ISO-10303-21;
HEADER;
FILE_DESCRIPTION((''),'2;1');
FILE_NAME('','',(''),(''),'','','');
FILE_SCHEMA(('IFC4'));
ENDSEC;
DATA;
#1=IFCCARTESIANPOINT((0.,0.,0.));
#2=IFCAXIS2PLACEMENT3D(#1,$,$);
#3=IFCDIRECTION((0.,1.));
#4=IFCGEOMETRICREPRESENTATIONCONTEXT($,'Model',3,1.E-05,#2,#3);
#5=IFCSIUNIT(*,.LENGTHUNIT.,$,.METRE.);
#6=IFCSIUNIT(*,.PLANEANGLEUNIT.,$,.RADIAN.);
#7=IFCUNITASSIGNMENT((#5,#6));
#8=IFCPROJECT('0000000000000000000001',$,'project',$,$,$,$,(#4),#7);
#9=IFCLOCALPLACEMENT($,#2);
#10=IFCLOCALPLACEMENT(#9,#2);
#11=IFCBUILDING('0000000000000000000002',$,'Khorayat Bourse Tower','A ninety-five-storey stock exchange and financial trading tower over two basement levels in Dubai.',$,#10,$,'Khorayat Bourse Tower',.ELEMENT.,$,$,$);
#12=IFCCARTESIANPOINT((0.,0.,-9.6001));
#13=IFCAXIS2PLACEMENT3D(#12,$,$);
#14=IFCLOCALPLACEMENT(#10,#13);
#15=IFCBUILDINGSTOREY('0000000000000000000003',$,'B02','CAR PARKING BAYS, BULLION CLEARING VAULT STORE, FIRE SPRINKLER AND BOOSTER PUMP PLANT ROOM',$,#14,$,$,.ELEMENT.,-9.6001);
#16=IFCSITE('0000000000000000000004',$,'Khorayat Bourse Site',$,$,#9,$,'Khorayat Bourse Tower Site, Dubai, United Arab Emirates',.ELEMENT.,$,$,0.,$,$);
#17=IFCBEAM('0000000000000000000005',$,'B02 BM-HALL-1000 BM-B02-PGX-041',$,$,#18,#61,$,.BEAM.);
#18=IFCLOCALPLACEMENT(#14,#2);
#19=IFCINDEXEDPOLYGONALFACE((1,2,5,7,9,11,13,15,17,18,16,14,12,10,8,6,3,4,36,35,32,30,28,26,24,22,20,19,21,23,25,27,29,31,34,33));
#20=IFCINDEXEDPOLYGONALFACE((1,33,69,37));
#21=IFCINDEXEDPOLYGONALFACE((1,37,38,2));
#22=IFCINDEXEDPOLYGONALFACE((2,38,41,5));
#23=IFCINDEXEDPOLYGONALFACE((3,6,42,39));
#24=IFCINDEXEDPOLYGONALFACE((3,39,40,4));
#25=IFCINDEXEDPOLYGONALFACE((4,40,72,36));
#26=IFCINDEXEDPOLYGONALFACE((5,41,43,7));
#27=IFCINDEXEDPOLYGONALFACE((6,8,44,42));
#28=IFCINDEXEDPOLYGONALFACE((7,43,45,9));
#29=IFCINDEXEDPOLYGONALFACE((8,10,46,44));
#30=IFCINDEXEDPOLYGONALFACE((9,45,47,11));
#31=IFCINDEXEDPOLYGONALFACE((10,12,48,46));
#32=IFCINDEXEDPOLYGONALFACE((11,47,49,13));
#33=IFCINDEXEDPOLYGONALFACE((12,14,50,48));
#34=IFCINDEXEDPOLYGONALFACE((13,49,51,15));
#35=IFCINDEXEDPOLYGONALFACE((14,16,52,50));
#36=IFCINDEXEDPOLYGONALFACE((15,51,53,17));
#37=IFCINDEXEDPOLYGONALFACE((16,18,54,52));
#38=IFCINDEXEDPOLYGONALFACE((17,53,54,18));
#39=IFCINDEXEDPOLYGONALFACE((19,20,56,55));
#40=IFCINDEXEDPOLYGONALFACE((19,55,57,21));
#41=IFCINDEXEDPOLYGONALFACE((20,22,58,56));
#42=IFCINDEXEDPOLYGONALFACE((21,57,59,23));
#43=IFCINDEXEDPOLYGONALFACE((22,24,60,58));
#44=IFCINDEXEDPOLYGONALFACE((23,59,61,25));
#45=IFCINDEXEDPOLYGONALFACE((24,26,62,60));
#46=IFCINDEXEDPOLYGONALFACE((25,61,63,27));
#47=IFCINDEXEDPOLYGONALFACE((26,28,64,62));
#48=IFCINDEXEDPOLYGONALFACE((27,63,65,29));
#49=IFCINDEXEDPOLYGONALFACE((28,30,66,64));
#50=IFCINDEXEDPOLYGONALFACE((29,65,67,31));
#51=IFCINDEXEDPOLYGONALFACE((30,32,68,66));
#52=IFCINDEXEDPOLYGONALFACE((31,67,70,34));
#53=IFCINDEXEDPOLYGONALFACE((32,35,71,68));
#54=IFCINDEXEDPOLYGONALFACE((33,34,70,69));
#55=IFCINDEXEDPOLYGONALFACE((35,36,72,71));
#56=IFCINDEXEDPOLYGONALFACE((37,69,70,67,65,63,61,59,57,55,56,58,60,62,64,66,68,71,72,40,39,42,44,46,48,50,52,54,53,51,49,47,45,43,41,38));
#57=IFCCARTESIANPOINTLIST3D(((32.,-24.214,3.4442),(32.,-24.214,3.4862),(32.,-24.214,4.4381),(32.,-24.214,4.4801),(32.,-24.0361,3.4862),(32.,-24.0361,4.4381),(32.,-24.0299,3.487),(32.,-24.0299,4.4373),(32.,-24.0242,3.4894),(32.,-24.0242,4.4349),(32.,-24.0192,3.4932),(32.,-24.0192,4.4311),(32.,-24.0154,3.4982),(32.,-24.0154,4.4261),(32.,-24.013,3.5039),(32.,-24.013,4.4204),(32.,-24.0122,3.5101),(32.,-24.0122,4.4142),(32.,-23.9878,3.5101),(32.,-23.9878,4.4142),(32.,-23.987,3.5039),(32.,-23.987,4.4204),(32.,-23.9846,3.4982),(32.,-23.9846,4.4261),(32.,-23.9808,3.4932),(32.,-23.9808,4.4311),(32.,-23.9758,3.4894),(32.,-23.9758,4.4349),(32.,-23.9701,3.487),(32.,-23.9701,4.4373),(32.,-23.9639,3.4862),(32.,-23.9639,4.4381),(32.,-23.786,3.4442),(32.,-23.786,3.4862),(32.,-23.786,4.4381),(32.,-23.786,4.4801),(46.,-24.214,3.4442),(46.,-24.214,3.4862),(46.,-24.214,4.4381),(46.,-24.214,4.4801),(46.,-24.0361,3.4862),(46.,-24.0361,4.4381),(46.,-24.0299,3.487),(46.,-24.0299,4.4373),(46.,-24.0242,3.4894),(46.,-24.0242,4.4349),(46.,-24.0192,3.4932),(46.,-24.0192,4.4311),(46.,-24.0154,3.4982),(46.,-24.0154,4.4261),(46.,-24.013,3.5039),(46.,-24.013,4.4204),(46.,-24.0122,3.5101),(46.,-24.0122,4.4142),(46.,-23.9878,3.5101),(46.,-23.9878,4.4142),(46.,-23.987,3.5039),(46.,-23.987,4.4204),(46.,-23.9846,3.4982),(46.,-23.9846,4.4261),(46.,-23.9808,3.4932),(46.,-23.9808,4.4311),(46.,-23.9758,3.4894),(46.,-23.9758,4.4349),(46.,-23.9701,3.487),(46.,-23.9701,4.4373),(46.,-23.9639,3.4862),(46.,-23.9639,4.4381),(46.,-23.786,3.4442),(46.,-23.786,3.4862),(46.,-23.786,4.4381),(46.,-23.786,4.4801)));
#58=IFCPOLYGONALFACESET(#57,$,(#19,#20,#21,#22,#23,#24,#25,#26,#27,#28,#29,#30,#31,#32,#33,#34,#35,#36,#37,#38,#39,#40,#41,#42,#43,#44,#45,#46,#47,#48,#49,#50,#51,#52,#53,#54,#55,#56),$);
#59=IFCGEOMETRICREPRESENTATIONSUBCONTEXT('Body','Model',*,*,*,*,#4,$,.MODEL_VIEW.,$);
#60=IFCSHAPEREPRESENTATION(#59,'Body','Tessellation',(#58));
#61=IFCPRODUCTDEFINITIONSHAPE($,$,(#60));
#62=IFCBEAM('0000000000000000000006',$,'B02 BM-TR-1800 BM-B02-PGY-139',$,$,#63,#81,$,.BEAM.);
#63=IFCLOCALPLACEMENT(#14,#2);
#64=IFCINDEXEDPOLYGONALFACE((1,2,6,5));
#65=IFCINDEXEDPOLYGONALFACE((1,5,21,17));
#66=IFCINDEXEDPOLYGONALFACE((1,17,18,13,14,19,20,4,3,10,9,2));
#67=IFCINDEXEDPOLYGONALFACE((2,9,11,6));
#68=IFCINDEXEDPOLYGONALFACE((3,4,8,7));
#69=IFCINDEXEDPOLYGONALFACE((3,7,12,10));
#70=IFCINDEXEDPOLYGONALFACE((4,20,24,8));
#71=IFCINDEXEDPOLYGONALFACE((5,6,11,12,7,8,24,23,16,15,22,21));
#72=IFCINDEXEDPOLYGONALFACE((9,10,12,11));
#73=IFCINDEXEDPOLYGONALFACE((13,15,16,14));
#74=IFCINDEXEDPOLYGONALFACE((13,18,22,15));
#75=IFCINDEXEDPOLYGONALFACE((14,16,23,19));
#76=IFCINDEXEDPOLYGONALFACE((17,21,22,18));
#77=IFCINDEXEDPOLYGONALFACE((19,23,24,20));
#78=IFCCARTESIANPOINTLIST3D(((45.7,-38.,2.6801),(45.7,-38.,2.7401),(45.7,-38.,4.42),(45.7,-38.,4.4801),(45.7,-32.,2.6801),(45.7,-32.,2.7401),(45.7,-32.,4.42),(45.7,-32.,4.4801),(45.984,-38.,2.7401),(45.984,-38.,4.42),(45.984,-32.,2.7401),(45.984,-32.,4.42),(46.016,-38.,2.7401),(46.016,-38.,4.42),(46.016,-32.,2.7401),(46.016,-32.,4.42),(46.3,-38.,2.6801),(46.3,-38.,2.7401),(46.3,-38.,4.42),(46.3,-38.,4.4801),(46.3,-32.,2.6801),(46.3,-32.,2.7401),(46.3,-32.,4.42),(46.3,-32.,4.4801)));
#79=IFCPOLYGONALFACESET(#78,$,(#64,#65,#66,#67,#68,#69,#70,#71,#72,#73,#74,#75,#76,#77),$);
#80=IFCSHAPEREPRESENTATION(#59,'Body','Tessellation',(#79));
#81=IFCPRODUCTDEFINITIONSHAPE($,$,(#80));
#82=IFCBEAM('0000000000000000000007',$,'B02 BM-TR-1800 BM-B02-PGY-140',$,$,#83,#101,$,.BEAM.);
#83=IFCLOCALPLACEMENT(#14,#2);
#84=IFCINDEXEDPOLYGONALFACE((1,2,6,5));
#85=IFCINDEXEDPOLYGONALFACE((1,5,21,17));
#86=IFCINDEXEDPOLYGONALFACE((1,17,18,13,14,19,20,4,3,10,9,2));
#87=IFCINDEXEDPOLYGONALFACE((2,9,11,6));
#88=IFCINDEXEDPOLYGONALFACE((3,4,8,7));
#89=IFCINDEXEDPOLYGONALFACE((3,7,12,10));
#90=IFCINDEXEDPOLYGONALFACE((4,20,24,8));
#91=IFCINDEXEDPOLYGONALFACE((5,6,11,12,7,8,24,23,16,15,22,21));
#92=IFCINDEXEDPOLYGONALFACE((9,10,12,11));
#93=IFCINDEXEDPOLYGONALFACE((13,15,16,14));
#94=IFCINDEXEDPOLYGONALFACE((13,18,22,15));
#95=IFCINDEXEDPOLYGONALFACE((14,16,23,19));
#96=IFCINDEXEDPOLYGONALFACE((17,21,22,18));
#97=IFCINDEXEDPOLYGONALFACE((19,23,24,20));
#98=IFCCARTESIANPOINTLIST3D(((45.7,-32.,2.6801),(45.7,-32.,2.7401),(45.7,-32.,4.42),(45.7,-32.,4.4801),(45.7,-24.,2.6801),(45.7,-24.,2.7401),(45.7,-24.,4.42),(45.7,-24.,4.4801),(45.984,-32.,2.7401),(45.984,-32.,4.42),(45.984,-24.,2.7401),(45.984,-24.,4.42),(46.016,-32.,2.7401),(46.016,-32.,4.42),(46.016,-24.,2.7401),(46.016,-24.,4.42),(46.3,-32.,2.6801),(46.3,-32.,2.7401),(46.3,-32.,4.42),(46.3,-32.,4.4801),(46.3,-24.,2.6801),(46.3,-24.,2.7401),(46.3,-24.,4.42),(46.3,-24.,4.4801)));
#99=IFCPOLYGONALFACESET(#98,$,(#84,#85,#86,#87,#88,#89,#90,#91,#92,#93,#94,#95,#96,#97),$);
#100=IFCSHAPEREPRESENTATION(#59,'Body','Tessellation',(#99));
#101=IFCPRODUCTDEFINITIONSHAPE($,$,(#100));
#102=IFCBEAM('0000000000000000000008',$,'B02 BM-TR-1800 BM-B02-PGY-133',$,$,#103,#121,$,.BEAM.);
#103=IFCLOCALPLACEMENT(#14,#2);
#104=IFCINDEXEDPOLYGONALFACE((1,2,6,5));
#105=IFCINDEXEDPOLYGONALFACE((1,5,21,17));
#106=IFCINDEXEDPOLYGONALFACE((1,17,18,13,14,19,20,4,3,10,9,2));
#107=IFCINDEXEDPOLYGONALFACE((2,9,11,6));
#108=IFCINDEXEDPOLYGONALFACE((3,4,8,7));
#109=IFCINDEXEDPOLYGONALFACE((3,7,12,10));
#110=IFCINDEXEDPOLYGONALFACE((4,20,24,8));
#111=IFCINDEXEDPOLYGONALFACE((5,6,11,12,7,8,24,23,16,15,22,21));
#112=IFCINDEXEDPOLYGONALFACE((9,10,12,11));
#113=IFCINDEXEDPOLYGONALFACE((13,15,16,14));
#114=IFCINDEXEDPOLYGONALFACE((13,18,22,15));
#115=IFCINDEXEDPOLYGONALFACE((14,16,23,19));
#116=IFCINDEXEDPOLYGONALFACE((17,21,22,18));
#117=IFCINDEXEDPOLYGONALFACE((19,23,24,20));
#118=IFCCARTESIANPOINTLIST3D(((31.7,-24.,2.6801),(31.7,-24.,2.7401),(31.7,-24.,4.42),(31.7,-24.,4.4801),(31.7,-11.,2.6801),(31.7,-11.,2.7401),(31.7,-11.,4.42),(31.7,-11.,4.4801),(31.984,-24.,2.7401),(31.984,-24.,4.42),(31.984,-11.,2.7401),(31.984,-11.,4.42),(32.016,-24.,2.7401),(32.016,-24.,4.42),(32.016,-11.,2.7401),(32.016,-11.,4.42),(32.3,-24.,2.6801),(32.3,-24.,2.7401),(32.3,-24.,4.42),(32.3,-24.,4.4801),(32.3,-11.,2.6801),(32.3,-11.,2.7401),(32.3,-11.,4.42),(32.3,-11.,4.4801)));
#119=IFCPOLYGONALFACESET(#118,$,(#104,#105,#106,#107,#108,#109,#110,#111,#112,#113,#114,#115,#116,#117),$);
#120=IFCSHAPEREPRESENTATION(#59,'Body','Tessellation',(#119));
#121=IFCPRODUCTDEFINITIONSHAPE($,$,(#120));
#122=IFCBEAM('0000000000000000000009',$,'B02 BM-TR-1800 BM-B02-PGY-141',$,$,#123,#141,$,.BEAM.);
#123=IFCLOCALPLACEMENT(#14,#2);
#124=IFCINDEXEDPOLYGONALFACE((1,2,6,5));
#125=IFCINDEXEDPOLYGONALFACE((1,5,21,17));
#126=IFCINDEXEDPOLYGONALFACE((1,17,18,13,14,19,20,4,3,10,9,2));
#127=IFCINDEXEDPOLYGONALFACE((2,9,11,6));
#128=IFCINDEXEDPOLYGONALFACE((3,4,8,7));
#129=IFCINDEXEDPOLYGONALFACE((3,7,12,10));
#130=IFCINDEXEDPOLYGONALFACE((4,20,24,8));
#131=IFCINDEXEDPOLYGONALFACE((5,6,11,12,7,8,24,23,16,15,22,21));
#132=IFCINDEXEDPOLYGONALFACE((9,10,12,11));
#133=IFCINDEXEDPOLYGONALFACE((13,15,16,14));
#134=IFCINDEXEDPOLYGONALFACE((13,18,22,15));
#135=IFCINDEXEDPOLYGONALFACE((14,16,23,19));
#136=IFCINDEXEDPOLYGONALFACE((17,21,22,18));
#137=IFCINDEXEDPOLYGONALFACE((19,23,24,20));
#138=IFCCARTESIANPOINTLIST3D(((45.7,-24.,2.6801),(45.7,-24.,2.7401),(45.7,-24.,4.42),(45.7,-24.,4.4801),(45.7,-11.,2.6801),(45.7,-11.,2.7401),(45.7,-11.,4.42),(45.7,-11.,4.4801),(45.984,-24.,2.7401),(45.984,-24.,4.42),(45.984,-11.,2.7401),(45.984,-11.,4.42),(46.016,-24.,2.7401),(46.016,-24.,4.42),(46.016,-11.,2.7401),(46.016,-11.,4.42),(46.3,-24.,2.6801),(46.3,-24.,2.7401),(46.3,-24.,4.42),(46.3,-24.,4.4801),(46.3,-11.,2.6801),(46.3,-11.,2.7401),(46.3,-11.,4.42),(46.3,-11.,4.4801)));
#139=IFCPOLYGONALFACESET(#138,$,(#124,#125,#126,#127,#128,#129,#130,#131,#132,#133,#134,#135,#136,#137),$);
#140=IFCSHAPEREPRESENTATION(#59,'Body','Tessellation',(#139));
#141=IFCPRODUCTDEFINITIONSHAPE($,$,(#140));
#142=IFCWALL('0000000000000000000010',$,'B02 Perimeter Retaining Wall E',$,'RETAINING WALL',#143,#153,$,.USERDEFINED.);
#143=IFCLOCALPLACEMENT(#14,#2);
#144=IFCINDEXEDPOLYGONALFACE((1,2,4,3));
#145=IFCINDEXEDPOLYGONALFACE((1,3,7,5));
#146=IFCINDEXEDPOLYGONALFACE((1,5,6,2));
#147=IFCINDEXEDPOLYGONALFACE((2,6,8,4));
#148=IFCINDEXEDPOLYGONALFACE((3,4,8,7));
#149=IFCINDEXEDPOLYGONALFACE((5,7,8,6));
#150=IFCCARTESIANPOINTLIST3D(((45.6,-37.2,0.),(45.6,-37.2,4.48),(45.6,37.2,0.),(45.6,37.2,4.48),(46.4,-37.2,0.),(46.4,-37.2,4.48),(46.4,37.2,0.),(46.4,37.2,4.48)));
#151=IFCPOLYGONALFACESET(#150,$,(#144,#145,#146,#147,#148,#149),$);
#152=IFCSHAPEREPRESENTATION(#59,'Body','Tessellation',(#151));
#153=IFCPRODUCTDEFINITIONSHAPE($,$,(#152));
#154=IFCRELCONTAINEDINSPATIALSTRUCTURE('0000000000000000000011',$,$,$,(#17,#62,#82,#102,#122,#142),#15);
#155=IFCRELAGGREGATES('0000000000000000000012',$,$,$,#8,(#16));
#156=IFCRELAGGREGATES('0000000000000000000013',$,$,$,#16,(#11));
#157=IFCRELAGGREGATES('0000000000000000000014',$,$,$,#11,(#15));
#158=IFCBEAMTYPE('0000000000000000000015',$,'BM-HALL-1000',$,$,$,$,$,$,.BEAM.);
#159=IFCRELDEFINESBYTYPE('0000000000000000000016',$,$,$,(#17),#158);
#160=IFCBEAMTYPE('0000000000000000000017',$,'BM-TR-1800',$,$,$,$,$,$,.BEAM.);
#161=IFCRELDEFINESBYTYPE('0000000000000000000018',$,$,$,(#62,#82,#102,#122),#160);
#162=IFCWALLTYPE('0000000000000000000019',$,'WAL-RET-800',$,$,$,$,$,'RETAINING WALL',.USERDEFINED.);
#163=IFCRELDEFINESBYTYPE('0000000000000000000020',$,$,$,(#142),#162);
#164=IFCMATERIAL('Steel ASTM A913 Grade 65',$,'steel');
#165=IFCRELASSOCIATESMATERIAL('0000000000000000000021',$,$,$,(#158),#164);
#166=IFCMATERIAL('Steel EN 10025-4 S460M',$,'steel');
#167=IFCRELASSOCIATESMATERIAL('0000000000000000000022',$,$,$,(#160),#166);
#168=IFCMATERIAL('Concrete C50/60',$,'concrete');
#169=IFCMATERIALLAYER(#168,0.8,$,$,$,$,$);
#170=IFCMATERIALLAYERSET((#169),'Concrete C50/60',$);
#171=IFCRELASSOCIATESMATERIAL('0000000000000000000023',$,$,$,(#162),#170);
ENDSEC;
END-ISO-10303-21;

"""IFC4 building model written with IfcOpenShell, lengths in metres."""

from ifc_helpers import new_model, si_unit, direction, frame, frame_2d, origin, origin_2d, place, context, subcontext, project, spatial, rectangle, i_section, extrude, source, transform, mapped, material, layer, layer_set, material_profile, profile_set, type_object, element, save


model = new_model("IFC4")

# Units and contexts
model_context = context("Model", 3, precision=1e-05, world=origin(), true_north=direction((0.0, 1.0)))
body_context = subcontext(model_context, "Body", "Model", "MODEL_VIEW")
ifc_project = project(units=[si_unit("LENGTHUNIT", "METRE"), si_unit("PLANEANGLEUNIT", "RADIAN")], contexts=[model_context])

# Site, building, storey
site_placement = place(None, origin())
site = spatial("IfcSite", under=ifc_project, at=site_placement, Name="Khorayat Bourse Site", LongName="Khorayat Bourse Tower Site, Dubai, United Arab Emirates", CompositionType="ELEMENT", RefElevation=0.0)
building_placement = place(site_placement, origin())
building = spatial("IfcBuilding", under=site, at=building_placement, Name="Khorayat Bourse Tower", Description="A ninety-five-storey stock exchange and financial trading tower over two basement levels in Dubai.", LongName="Khorayat Bourse Tower", CompositionType="ELEMENT")
storey_placement = place(building_placement, frame((0.0, 0.0, -9.6001)))
storey = spatial("IfcBuildingStorey", under=building, at=storey_placement, Name="B02", Description="CAR PARKING BAYS, BULLION CLEARING VAULT STORE, FIRE SPRINKLER AND BOOSTER PUMP PLANT ROOM", CompositionType="ELEMENT", Elevation=-9.6001)

# Shared definitions
ifc_material_1 = material(Name="Concrete C50/60", Category="concrete")

# Beams
ifc_material_2 = material(Name="Steel ASTM A913 Grade 65", Category="steel")
ifc_material_profile_1 = material_profile(ifc_material_2, i_section(OverallWidth=0.428, OverallDepth=1.0359, WebThickness=0.0244, FlangeThickness=0.042, FilletRadius=0.0239, at=origin_2d()), Name="W1000X443")
ifc_profile_set_1 = profile_set([ifc_material_profile_1], Name="Steel ASTM A913 Grade 65")
beam_type_1 = type_object("IfcBeamType", Name="BM-HALL-1000", PredefinedType="BEAM", material=ifc_profile_set_1)
shared_shape_1 = source(origin(), body_context, "Body", "SweptSolid", [
    extrude(i_section(OverallWidth=0.428, OverallDepth=1.0359, WebThickness=0.0244, FlangeThickness=0.042, FilletRadius=0.0239, at=origin_2d()), origin(), (0.0, 0.0, 1.0), 14.0),
])
beam_1_placement = place(storey_placement, frame((32.0, -24.0, 3.9622), z_axis=(1.0, 0.0, 0.0), x_axis=(0.0, 1.0, 0.0)))
element("IfcBeam", 1, at=beam_1_placement, inside=storey, type_object=beam_type_1, Name="B02 BM-HALL-1000 BM-B02-PGX-041", PredefinedType="BEAM", context=body_context, shape_type="MappedRepresentation", body=[
    mapped(shared_shape_1, transform((0.0, 0.0, 0.0), scale=1.0)),
])
ifc_material_3 = material(Name="Steel EN 10025-4 S460M", Category="steel")
ifc_material_profile_2 = material_profile(ifc_material_3, i_section(OverallWidth=0.6001, OverallDepth=1.8, WebThickness=0.032, FlangeThickness=0.0601, at=origin_2d()), Name="PG 1800x600x32x60")
ifc_profile_set_2 = profile_set([ifc_material_profile_2], Name="Steel EN 10025-4 S460M")
beam_type_2 = type_object("IfcBeamType", Name="BM-TR-1800", PredefinedType="BEAM", material=ifc_profile_set_2)
shared_shape_2 = source(origin(), body_context, "Body", "SweptSolid", [
    extrude(i_section(OverallWidth=0.6001, OverallDepth=1.8, WebThickness=0.032, FlangeThickness=0.0601, at=origin_2d()), origin(), (0.0, 0.0, 1.0), 6.0),
])
beam_2_placement = place(storey_placement, frame((46.0, -38.0, 3.5801), z_axis=(0.0, 1.0, 0.0), x_axis=(-1.0, 0.0, 0.0)))
element("IfcBeam", 2, at=beam_2_placement, inside=storey, type_object=beam_type_2, Name="B02 BM-TR-1800 BM-B02-PGY-139", PredefinedType="BEAM", context=body_context, shape_type="MappedRepresentation", body=[
    mapped(shared_shape_2, transform((0.0, 0.0, 0.0), scale=1.0)),
])
shared_shape_3 = source(origin(), body_context, "Body", "SweptSolid", [
    extrude(i_section(OverallWidth=0.6001, OverallDepth=1.8, WebThickness=0.032, FlangeThickness=0.0601, at=origin_2d()), origin(), (0.0, 0.0, 1.0), 8.0),
])
beam_3_placement = place(storey_placement, frame((46.0, -32.0, 3.5801), z_axis=(0.0, 1.0, 0.0), x_axis=(-1.0, 0.0, 0.0)))
element("IfcBeam", 3, at=beam_3_placement, inside=storey, type_object=beam_type_2, Name="B02 BM-TR-1800 BM-B02-PGY-140", PredefinedType="BEAM", context=body_context, shape_type="MappedRepresentation", body=[
    mapped(shared_shape_3, transform((0.0, 0.0, 0.0), scale=1.0)),
])
shared_shape_4 = source(origin(), body_context, "Body", "SweptSolid", [
    extrude(i_section(OverallWidth=0.6001, OverallDepth=1.8, WebThickness=0.032, FlangeThickness=0.0601, at=origin_2d()), origin(), (0.0, 0.0, 1.0), 13.0),
])
for number, where, z_axis, x_axis, name in (
    (4, (32.0, -24.0, 3.5801), (0.0, 1.0, 0.0), (-1.0, 0.0, 0.0), "B02 BM-TR-1800 BM-B02-PGY-133"),
    (5, (46.0, -24.0, 3.5801), (0.0, 1.0, 0.0), (-1.0, 0.0, 0.0), "B02 BM-TR-1800 BM-B02-PGY-141"),
):
    element("IfcBeam", number, at=place(storey_placement, frame(where, z_axis=z_axis, x_axis=x_axis)), inside=storey, type_object=beam_type_2, Name=name, PredefinedType="BEAM", context=body_context, shape_type="MappedRepresentation", body=[
        mapped(shared_shape_4, transform((0.0, 0.0, 0.0), scale=1.0)),
    ])

# Wall
ifc_layer = layer(ifc_material_1, 0.8)
ifc_layer_set = layer_set([ifc_layer], Name="Concrete C50/60")
wall_type = type_object("IfcWallType", Name="WAL-RET-800", ElementType="RETAINING WALL", PredefinedType="USERDEFINED", material=ifc_layer_set)
shared_shape_5 = source(origin(), body_context, "Body", "SweptSolid", [
    extrude(rectangle(XDim=74.3999, YDim=0.8, at=frame_2d((37.2, 0.0))), origin(), (0.0, 0.0, 1.0), 4.48),
])
wall_placement = place(storey_placement, frame((46.0, -37.2, 0.0), z_axis=(0.0, 0.0, 1.0), x_axis=(0.0, 1.0, 0.0)))
element("IfcWall", 6, at=wall_placement, inside=storey, type_object=wall_type, Name="B02 Perimeter Retaining Wall E", ObjectType="RETAINING WALL", PredefinedType="USERDEFINED", context=body_context, shape_type="MappedRepresentation", body=[
    mapped(shared_shape_5, transform((0.0, 0.0, 0.0), scale=1.0)),
])

save(model, "model.ifc")
